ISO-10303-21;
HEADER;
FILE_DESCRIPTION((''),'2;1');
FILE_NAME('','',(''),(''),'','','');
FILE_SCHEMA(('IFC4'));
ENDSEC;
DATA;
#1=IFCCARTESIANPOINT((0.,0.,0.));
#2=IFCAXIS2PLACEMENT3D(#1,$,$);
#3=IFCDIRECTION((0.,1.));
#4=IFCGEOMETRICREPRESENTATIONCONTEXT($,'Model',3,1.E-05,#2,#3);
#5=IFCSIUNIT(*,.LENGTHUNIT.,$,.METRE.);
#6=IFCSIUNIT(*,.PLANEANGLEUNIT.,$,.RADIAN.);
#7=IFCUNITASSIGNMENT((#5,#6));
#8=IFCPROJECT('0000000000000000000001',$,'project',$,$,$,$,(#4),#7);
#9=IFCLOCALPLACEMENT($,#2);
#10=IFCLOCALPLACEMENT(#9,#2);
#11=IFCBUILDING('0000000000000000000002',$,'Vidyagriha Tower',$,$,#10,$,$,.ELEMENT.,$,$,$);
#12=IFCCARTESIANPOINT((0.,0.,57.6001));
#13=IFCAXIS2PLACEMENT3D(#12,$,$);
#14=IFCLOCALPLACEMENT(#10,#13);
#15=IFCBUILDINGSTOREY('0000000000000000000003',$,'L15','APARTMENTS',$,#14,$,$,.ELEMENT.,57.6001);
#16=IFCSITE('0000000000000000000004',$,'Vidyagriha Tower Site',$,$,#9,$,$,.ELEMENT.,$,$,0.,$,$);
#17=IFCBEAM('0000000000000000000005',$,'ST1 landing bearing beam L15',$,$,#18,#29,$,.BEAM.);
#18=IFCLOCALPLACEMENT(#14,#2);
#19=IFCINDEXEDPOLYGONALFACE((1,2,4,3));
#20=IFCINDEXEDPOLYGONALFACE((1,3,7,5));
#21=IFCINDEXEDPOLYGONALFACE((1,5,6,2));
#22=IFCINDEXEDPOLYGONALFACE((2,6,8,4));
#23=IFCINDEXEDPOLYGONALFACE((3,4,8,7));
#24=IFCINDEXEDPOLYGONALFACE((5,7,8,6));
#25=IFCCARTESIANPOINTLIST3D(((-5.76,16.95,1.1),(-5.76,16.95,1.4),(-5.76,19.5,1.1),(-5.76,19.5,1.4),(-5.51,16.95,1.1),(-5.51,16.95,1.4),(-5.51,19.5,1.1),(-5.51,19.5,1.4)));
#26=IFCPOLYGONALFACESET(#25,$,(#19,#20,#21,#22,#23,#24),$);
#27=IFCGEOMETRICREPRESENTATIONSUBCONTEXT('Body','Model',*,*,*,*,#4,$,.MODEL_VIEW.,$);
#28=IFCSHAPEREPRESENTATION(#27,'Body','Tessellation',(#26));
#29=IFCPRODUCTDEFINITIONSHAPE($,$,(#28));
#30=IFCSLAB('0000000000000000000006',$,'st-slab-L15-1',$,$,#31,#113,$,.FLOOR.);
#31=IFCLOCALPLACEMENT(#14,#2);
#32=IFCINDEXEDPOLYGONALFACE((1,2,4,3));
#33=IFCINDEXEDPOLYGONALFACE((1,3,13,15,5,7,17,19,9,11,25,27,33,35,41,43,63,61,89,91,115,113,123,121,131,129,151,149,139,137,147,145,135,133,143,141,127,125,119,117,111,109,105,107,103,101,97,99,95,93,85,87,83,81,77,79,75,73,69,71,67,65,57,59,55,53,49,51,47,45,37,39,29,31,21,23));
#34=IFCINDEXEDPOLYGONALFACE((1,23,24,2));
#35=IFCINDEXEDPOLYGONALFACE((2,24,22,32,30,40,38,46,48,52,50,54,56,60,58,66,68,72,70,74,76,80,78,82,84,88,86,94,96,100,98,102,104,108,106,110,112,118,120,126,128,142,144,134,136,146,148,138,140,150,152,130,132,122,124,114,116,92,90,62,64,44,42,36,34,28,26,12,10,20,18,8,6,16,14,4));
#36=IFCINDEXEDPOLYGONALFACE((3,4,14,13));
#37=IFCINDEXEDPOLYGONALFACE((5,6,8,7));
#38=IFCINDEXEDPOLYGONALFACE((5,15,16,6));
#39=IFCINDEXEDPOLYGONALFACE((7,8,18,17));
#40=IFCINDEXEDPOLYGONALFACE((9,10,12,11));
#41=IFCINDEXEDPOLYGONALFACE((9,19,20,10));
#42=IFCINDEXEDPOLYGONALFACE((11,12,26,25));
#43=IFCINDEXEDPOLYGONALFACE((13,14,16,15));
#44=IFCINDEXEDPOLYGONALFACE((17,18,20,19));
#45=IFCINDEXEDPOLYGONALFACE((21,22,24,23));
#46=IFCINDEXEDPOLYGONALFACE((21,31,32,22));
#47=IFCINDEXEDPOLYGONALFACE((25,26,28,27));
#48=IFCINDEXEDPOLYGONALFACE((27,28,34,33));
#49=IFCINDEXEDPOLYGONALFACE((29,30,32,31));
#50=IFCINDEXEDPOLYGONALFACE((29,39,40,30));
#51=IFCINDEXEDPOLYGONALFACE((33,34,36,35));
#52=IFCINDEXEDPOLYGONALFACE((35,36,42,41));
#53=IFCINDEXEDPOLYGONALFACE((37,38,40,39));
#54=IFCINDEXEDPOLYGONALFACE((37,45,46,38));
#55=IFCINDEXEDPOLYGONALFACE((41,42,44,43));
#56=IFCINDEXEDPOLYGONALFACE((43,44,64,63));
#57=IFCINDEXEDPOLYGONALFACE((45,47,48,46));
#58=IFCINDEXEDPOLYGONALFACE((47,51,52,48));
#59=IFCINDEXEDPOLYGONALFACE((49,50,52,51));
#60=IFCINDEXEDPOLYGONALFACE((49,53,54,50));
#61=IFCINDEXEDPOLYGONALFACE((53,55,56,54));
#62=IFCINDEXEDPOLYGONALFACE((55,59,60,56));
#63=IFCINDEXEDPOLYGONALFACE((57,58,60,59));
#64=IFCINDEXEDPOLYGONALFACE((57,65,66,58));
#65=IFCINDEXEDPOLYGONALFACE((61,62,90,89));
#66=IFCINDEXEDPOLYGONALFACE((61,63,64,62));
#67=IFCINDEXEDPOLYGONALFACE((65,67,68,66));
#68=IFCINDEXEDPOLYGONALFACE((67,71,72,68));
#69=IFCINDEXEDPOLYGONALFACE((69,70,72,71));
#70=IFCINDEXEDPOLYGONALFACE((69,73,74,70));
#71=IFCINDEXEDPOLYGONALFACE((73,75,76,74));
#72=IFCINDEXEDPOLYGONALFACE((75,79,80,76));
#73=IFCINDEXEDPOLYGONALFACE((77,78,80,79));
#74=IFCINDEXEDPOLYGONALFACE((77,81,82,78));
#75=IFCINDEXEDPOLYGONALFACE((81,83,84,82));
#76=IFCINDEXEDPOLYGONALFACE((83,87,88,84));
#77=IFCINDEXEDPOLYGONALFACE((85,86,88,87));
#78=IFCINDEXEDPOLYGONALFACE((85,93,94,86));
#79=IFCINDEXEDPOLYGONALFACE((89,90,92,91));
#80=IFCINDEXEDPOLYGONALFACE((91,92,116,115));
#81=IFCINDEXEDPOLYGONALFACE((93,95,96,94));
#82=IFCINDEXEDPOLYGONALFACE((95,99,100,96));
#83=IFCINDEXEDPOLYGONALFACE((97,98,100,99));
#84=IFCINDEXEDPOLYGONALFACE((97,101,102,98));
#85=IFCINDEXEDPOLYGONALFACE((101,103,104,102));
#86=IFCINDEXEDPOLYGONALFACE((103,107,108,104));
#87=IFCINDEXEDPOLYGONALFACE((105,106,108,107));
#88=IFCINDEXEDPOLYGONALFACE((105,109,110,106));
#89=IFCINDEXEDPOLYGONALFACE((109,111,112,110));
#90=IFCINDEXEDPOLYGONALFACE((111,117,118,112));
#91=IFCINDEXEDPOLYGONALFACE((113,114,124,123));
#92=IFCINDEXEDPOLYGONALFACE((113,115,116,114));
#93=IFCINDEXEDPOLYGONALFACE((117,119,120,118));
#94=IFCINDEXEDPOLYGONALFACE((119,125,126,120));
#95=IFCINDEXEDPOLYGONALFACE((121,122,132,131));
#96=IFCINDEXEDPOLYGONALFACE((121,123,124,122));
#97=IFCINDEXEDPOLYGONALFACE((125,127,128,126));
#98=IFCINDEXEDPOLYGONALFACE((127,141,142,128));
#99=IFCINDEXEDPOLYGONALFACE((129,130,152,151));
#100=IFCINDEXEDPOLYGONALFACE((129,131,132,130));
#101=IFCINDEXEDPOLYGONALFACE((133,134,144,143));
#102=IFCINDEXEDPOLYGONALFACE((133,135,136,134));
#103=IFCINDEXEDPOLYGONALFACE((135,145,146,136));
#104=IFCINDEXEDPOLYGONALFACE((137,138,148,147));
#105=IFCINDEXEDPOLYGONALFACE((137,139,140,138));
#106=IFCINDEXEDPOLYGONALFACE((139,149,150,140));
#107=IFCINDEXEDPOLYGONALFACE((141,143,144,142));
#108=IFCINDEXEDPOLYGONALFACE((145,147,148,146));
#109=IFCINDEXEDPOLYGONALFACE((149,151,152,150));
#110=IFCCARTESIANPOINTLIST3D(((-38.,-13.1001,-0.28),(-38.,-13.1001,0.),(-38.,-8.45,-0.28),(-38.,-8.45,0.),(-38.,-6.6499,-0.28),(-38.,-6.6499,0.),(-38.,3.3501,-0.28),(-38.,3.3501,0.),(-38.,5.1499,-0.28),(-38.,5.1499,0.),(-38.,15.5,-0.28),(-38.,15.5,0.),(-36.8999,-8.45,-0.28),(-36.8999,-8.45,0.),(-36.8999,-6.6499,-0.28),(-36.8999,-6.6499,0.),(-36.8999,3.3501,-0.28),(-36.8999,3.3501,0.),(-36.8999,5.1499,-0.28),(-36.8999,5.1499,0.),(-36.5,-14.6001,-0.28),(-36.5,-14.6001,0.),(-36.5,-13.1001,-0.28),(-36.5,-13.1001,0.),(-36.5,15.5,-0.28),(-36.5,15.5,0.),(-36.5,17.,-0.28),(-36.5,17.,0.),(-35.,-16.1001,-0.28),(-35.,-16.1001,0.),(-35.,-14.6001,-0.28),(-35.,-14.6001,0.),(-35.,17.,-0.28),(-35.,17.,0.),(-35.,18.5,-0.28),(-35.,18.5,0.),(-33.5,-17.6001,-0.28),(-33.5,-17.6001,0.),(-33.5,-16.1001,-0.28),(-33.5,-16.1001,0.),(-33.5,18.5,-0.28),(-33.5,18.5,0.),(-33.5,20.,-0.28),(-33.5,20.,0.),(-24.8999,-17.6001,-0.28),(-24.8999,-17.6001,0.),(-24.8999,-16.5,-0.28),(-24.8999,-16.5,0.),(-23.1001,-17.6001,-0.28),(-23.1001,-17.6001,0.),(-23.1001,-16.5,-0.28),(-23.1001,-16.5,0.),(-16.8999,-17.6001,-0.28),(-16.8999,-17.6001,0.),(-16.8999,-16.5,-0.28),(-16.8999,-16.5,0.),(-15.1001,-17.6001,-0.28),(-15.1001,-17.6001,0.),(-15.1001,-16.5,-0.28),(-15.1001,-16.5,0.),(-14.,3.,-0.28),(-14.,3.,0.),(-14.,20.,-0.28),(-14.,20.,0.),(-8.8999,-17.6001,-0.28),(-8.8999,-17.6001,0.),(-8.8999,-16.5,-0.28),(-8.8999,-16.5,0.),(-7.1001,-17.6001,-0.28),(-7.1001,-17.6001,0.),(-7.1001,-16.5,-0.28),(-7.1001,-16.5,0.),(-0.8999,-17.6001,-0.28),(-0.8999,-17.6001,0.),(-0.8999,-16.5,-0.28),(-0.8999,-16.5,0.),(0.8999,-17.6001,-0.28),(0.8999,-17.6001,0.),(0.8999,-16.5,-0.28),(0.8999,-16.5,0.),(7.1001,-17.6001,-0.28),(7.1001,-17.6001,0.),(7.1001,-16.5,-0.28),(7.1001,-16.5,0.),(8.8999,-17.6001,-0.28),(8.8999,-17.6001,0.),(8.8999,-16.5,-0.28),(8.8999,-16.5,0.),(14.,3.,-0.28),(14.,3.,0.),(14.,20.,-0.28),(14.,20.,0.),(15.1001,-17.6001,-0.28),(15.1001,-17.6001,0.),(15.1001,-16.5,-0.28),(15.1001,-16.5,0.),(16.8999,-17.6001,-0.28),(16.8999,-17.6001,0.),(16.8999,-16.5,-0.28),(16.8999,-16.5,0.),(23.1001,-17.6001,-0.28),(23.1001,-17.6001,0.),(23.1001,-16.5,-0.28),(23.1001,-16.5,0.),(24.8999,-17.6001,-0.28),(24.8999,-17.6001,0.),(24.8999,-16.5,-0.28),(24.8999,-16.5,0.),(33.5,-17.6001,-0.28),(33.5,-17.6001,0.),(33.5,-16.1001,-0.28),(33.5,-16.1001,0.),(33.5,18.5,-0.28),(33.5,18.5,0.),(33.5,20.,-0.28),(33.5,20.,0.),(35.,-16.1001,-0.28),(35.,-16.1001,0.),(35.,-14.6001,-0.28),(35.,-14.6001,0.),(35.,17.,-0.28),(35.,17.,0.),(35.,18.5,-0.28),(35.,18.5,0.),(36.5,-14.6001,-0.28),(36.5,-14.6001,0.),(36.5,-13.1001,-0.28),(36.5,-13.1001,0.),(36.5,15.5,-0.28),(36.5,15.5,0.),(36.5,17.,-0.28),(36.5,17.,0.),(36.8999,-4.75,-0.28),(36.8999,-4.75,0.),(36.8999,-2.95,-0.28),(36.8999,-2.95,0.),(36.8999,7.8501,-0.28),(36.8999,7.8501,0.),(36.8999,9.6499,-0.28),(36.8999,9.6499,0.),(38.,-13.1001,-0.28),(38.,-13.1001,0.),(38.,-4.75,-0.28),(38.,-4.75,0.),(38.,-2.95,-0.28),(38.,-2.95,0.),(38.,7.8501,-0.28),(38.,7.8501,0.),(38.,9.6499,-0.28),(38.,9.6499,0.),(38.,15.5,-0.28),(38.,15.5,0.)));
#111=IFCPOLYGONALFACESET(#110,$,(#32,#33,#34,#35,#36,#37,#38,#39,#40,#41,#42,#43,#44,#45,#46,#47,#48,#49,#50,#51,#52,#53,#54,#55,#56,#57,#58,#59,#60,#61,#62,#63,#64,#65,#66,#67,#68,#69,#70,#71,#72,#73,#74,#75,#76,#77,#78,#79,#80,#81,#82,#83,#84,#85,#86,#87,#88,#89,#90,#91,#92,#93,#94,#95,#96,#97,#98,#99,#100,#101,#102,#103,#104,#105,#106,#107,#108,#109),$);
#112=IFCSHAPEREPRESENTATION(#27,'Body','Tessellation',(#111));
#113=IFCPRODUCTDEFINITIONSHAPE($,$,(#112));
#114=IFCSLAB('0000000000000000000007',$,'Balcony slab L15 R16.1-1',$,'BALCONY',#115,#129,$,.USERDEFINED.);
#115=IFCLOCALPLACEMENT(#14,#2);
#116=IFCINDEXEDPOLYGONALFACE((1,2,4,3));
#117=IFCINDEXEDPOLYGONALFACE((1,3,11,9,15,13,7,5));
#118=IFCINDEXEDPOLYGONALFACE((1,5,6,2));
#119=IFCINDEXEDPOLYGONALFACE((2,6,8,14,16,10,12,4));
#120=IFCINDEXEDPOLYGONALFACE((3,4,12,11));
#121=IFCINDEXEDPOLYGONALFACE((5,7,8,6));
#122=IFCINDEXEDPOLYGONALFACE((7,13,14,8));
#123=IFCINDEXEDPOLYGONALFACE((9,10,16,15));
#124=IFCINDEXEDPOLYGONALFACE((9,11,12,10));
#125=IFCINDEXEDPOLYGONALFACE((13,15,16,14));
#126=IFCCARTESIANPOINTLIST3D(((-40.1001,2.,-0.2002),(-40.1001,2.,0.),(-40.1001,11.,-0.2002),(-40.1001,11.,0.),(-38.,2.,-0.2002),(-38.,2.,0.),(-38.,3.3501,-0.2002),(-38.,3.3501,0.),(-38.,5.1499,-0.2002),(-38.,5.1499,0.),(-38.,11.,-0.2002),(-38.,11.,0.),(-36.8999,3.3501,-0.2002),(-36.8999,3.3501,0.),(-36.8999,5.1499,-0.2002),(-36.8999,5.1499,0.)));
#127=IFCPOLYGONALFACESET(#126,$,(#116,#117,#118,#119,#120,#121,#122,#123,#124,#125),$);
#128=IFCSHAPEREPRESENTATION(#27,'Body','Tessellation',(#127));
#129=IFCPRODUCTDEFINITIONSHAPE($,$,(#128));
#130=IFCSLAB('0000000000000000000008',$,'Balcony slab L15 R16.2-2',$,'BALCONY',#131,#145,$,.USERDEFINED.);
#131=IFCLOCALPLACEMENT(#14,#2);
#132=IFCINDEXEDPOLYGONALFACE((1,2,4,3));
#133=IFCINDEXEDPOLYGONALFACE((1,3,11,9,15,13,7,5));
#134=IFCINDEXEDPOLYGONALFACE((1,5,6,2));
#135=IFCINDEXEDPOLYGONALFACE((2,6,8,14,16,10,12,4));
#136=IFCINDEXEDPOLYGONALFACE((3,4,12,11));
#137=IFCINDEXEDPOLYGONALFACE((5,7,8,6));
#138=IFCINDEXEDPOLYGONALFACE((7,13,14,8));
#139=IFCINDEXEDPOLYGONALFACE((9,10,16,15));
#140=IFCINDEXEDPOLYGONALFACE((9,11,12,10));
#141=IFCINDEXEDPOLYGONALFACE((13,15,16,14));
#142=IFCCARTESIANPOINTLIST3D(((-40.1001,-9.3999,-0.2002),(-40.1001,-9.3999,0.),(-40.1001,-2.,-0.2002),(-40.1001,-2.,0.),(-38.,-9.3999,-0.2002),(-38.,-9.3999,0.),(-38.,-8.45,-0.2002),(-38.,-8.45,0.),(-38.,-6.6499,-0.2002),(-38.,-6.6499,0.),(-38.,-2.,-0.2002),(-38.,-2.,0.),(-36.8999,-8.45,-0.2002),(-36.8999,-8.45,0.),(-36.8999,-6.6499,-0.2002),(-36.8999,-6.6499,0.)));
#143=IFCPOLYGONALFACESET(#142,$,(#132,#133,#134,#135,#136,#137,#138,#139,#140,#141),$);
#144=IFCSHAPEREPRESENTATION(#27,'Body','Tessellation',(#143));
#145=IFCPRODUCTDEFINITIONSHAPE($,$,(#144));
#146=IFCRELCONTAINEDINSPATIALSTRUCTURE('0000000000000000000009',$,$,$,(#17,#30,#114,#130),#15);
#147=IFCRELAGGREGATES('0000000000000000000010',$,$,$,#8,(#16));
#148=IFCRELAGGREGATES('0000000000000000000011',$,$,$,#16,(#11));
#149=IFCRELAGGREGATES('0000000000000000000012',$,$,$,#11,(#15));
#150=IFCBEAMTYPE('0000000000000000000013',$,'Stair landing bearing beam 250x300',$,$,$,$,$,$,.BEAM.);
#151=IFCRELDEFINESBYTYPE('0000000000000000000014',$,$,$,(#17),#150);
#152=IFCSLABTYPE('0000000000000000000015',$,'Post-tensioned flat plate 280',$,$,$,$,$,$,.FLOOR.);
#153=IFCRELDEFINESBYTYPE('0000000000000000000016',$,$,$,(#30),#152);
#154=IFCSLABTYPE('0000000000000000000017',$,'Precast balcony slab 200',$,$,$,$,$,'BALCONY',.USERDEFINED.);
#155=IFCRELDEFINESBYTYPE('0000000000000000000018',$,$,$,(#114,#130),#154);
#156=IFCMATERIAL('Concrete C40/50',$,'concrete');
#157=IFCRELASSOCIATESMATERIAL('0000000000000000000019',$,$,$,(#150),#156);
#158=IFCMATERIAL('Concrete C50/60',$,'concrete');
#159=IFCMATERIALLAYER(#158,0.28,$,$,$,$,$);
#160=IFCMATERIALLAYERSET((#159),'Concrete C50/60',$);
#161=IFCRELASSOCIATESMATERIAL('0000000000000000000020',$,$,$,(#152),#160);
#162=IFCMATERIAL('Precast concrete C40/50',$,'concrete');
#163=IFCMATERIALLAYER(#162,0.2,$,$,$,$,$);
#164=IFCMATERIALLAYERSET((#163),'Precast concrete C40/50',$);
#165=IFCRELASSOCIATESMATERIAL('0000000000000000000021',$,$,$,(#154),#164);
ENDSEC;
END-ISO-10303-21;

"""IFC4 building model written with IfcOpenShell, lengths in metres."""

from ifc_helpers import new_model, si_unit, direction, frame, origin, origin_2d, place, context, subcontext, project, spatial, polyline, rectangle, outline, extrude, material, layer, layer_set, material_profile, profile_set, type_object, element, save


model = new_model("IFC4")

# Units and contexts
model_context = context("Model", 3, precision=1e-05, world=origin(), true_north=direction((0.0, 1.0)))
body_context = subcontext(model_context, "Body", "Model", "MODEL_VIEW")
ifc_project = project(units=[si_unit("LENGTHUNIT", "METRE"), si_unit("PLANEANGLEUNIT", "RADIAN")], contexts=[model_context])

# Site, building, storey
site_placement = place(None, origin())
site = spatial("IfcSite", under=ifc_project, at=site_placement, Name="Vidyagriha Tower Site", CompositionType="ELEMENT", RefElevation=0.0)
building_placement = place(site_placement, origin())
building = spatial("IfcBuilding", under=site, at=building_placement, Name="Vidyagriha Tower", CompositionType="ELEMENT")
storey_placement = place(building_placement, frame((0.0, 0.0, 57.6001)))
storey = spatial("IfcBuildingStorey", under=building, at=storey_placement, Name="L15", Description="APARTMENTS", CompositionType="ELEMENT", Elevation=57.6001)

# Beam
ifc_material_1 = material(Name="Concrete C40/50", Category="concrete")
ifc_material_profile = material_profile(ifc_material_1, rectangle(XDim=0.25, YDim=0.3, at=origin_2d()), Name="Stair landing bearing beam 250x300")
ifc_profile_set = profile_set([ifc_material_profile], Name="Concrete C40/50")
beam_type = type_object("IfcBeamType", Name="Stair landing bearing beam 250x300", PredefinedType="BEAM", material=ifc_profile_set)
beam_placement = place(storey_placement, frame((-5.635, 16.95, 1.25), z_axis=(0.0, 1.0, 0.0), x_axis=(-1.0, 0.0, 0.0)))
element("IfcBeam", 1, at=beam_placement, inside=storey, type_object=beam_type, Name="ST1 landing bearing beam L15", PredefinedType="BEAM", context=body_context, shape_type="SweptSolid", body=[
    extrude(rectangle(XDim=0.25, YDim=0.3, at=origin_2d()), origin(), (0.0, 0.0, 1.0), 2.55),
])

# Slabs
ifc_material_2 = material(Name="Concrete C50/60", Category="concrete")
ifc_layer_1 = layer(ifc_material_2, 0.28)
ifc_layer_set_1 = layer_set([ifc_layer_1], Name="Concrete C50/60")
slab_type_1 = type_object("IfcSlabType", Name="Post-tensioned flat plate 280", PredefinedType="FLOOR", material=ifc_layer_set_1)
slab_1_placement = place(storey_placement, frame((0.0, 0.0, -0.28)))
element("IfcSlab", 2, at=slab_1_placement, inside=storey, type_object=slab_type_1, Name="st-slab-L15-1", PredefinedType="FLOOR", context=body_context, shape_type="SweptSolid", body=[
    extrude(outline(polyline([(36.5, -14.6001), (35.0, -14.6001), (35.0, -16.1001), (33.5, -16.1001), (33.5, -17.6001), (24.8999, -17.6001), (24.8999, -16.5), (23.1001, -16.5), (23.1001, -17.6001), (16.8999, -17.6001), (16.8999, -16.5), (15.1001, -16.5), (15.1001, -17.6001), (8.8999, -17.6001), (8.8999, -16.5), (7.1001, -16.5), (7.1001, -17.6001), (0.8999, -17.6001), (0.8999, -16.5), (-0.8999, -16.5), (-0.8999, -17.6001), (-7.1001, -17.6001), (-7.1001, -16.5), (-8.8999, -16.5), (-8.8999, -17.6001), (-15.1001, -17.6001), (-15.1001, -16.5), (-16.8999, -16.5), (-16.8999, -17.6001), (-23.1001, -17.6001), (-23.1001, -16.5), (-24.8999, -16.5), (-24.8999, -17.6001), (-33.5, -17.6001), (-33.5, -16.1001), (-35.0, -16.1001), (-35.0, -14.6001), (-36.5, -14.6001), (-36.5, -13.1001), (-38.0, -13.1001), (-38.0, -8.45), (-36.8999, -8.45), (-36.8999, -6.6499), (-38.0, -6.6499), (-38.0, 3.3501), (-36.8999, 3.3501), (-36.8999, 5.1499), (-38.0, 5.1499), (-38.0, 15.5), (-36.5, 15.5), (-36.5, 17.0), (-35.0, 17.0), (-35.0, 18.5), (-33.5, 18.5), (-33.5, 20.0), (-14.0, 20.0), (-14.0, 3.0), (14.0, 3.0), (14.0, 20.0), (33.5, 20.0), (33.5, 18.5), (35.0, 18.5), (35.0, 17.0), (36.5, 17.0), (36.5, 15.5), (38.0, 15.5), (38.0, 9.6499), (36.8999, 9.6499), (36.8999, 7.8501), (38.0, 7.8501), (38.0, -2.95), (36.8999, -2.95), (36.8999, -4.75), (38.0, -4.75), (38.0, -13.1001), (36.5, -13.1001), (36.5, -14.6001)])), origin(), (0.0, 0.0, 1.0), 0.28),
])
ifc_material_3 = material(Name="Precast concrete C40/50", Category="concrete")
ifc_layer_2 = layer(ifc_material_3, 0.2)
ifc_layer_set_2 = layer_set([ifc_layer_2], Name="Precast concrete C40/50")
slab_type_2 = type_object("IfcSlabType", Name="Precast balcony slab 200", ElementType="BALCONY", PredefinedType="USERDEFINED", material=ifc_layer_set_2)
slab_2_placement = place(storey_placement, frame((0.0, 0.0, -0.2002)))
element("IfcSlab", 3, at=slab_2_placement, inside=storey, type_object=slab_type_2, Name="Balcony slab L15 R16.1-1", ObjectType="BALCONY", PredefinedType="USERDEFINED", context=body_context, shape_type="SweptSolid", body=[
    extrude(outline(polyline([(-36.8999, 3.3501), (-36.8999, 5.1499), (-38.0, 5.1499), (-38.0, 11.0), (-40.1001, 11.0), (-40.1001, 2.0), (-38.0, 2.0), (-38.0, 3.3501), (-36.8999, 3.3501)])), origin(), (0.0, 0.0, 1.0), 0.2002),
])
slab_3_placement = place(storey_placement, frame((0.0, 0.0, -0.2002)))
element("IfcSlab", 4, at=slab_3_placement, inside=storey, type_object=slab_type_2, Name="Balcony slab L15 R16.2-2", ObjectType="BALCONY", PredefinedType="USERDEFINED", context=body_context, shape_type="SweptSolid", body=[
    extrude(outline(polyline([(-36.8999, -8.45), (-36.8999, -6.6499), (-38.0, -6.6499), (-38.0, -2.0), (-40.1001, -2.0), (-40.1001, -9.3999), (-38.0, -9.3999), (-38.0, -8.45), (-36.8999, -8.45)])), origin(), (0.0, 0.0, 1.0), 0.2002),
])

save(model, "model.ifc")
